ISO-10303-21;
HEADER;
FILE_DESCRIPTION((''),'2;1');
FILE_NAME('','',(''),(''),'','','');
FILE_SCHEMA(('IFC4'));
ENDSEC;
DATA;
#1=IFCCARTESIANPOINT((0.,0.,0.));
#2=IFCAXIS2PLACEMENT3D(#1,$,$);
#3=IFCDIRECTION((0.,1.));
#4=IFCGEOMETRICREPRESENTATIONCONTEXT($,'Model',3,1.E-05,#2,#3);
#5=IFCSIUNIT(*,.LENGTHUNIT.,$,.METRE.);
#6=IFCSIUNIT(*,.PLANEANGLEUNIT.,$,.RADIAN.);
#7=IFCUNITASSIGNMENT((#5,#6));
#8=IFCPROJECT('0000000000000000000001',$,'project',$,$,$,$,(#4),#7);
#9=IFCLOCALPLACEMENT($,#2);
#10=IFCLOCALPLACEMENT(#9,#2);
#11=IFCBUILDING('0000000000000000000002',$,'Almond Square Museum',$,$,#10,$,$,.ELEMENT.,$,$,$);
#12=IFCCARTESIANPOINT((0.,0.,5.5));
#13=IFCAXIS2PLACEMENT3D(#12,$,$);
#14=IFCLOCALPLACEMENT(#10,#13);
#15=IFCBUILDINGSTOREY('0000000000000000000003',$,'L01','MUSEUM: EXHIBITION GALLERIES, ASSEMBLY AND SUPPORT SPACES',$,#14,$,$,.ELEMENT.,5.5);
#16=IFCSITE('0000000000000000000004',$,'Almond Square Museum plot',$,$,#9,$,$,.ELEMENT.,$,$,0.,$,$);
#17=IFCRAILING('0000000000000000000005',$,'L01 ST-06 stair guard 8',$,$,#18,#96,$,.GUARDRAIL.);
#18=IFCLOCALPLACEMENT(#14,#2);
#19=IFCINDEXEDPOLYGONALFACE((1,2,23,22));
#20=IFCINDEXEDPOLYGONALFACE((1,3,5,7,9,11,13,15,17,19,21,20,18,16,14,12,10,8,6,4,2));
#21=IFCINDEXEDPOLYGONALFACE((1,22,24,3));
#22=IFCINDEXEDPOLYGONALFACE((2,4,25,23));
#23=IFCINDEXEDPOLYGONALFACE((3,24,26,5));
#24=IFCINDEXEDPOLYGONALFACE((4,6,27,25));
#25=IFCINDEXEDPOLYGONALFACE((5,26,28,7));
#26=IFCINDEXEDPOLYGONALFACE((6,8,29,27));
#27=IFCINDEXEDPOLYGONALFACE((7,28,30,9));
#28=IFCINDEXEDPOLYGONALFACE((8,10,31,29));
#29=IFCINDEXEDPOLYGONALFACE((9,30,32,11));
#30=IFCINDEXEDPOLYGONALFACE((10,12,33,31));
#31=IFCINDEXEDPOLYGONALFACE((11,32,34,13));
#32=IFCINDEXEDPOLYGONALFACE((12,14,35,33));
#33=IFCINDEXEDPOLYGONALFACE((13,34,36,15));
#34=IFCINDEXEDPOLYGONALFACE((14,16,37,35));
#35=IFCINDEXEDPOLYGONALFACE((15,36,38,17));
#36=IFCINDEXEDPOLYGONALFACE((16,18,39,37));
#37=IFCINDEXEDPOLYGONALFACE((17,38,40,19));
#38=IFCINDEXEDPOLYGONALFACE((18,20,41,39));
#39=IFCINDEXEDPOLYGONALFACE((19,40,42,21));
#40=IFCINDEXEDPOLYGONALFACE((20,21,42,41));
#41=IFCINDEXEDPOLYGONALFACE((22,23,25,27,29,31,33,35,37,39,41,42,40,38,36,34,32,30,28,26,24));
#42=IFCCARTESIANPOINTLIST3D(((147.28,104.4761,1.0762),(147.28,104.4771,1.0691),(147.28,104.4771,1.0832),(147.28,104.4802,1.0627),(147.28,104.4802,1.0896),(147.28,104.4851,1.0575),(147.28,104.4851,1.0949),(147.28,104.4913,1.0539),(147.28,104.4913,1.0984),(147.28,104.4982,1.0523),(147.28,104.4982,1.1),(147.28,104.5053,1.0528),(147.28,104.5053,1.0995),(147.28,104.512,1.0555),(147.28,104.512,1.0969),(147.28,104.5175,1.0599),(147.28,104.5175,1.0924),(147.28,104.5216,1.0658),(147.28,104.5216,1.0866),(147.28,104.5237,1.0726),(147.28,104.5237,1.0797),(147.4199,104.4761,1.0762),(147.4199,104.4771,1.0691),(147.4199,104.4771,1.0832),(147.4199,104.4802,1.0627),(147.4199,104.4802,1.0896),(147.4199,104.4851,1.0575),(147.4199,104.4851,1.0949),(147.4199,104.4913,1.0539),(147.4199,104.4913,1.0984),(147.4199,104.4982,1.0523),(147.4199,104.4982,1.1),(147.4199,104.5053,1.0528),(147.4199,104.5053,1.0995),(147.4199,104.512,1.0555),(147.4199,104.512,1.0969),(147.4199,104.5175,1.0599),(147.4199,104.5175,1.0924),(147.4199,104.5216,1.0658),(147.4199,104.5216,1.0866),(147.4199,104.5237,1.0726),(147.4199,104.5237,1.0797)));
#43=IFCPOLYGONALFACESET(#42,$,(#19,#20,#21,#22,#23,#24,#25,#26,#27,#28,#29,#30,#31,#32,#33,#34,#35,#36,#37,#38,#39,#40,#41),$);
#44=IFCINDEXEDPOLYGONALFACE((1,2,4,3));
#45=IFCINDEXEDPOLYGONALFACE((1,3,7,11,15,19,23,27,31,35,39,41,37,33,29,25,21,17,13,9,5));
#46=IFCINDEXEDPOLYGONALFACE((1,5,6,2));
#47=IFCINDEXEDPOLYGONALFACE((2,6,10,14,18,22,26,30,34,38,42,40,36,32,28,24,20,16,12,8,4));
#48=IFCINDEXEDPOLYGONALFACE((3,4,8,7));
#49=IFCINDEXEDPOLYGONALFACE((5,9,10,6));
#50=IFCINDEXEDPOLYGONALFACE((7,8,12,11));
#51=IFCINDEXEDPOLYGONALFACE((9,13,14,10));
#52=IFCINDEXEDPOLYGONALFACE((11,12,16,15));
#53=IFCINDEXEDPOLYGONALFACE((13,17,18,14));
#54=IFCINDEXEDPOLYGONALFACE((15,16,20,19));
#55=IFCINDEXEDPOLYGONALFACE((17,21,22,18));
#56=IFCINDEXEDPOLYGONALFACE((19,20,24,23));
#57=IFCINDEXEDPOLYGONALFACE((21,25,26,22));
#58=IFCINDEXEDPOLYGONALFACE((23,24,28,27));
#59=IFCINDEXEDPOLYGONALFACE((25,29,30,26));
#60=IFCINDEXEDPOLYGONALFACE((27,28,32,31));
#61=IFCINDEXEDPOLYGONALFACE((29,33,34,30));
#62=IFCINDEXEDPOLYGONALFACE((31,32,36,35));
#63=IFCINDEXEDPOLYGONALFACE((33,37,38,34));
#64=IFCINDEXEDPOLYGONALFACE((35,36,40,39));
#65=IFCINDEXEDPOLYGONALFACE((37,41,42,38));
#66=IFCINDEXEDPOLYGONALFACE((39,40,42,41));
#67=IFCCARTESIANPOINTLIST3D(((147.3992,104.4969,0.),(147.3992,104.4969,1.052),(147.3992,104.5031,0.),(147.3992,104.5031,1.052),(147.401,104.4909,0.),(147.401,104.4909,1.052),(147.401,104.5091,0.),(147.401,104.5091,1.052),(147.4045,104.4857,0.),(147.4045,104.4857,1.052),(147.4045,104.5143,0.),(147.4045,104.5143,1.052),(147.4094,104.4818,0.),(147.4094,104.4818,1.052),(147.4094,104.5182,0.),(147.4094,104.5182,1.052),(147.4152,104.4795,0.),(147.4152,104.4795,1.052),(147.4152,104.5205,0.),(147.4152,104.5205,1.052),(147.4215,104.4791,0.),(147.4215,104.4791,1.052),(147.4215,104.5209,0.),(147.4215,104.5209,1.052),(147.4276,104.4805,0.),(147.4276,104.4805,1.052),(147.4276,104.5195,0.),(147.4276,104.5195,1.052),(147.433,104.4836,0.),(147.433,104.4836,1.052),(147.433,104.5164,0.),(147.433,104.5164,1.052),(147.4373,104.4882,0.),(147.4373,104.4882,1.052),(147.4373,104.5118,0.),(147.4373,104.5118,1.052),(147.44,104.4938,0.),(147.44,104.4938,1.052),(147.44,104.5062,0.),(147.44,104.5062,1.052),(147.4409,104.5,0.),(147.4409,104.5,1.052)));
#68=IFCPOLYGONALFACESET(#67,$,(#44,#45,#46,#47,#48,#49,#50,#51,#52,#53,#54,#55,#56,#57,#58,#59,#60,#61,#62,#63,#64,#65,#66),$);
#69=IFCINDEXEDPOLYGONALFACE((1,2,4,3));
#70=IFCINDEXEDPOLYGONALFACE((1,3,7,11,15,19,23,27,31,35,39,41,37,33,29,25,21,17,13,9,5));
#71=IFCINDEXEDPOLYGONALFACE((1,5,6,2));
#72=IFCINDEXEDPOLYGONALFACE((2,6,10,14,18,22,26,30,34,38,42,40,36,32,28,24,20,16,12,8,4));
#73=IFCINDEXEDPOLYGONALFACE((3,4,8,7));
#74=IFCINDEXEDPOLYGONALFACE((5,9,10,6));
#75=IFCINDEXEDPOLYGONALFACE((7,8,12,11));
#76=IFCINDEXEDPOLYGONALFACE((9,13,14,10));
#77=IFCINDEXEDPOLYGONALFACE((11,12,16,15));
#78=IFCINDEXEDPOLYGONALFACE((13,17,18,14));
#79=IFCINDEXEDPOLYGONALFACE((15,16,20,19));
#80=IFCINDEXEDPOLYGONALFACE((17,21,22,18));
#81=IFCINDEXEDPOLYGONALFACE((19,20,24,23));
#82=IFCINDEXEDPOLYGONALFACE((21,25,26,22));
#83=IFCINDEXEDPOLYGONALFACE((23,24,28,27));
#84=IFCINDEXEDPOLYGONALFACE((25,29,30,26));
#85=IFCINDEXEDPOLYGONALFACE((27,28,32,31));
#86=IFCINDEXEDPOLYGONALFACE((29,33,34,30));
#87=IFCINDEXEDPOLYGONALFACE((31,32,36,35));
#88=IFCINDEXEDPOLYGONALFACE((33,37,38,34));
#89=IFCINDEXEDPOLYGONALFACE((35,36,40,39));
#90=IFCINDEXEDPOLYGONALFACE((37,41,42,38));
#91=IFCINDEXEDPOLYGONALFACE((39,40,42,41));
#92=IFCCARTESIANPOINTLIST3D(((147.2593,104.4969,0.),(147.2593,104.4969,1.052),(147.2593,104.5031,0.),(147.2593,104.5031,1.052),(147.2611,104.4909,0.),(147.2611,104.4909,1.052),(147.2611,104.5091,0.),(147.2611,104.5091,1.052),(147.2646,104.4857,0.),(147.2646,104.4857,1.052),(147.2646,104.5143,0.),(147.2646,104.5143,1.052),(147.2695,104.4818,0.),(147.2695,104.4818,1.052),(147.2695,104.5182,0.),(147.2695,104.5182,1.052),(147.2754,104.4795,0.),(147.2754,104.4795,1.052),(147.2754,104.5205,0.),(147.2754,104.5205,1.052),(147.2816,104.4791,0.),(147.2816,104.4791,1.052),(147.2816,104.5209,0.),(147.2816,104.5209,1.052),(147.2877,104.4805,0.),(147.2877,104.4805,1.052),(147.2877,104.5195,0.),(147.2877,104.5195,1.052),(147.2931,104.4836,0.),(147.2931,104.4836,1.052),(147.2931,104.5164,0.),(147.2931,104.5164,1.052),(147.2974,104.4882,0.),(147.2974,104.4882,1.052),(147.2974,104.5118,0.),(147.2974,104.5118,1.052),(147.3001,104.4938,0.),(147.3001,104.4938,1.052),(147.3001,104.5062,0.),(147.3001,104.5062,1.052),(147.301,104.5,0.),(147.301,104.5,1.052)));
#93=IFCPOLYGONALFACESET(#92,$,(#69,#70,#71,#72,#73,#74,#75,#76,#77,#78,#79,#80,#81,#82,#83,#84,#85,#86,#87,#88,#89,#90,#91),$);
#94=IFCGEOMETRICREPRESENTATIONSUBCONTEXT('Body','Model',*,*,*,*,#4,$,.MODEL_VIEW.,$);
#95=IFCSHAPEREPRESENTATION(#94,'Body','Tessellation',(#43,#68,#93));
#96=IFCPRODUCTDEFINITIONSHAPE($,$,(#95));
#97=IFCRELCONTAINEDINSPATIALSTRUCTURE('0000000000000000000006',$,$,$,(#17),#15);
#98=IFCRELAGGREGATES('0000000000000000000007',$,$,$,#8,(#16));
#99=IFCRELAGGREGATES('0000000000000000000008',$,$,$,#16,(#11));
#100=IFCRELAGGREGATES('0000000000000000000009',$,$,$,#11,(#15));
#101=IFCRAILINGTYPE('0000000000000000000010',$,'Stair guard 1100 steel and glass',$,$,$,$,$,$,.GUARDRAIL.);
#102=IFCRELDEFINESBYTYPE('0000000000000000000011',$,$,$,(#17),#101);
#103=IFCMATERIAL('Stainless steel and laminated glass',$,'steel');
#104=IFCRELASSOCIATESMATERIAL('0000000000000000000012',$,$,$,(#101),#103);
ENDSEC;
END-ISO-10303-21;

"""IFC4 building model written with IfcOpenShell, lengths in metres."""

from ifc_helpers import new_model, si_unit, direction, frame, origin, origin_2d, place, context, subcontext, project, spatial, circle, extrude, material, type_object, element, save


model = new_model("IFC4")

# Units and contexts
model_context = context("Model", 3, precision=1e-05, world=origin(), true_north=direction((0.0, 1.0)))
body_context = subcontext(model_context, "Body", "Model", "MODEL_VIEW")
ifc_project = project(units=[si_unit("LENGTHUNIT", "METRE"), si_unit("PLANEANGLEUNIT", "RADIAN")], contexts=[model_context])

# Site, building, storey
site_placement = place(None, origin())
site = spatial("IfcSite", under=ifc_project, at=site_placement, Name="Almond Square Museum plot", CompositionType="ELEMENT", RefElevation=0.0)
building_placement = place(site_placement, origin())
building = spatial("IfcBuilding", under=site, at=building_placement, Name="Almond Square Museum", CompositionType="ELEMENT")
storey_placement = place(building_placement, frame((0.0, 0.0, 5.5)))
storey = spatial("IfcBuildingStorey", under=building, at=storey_placement, Name="L01", Description="MUSEUM: EXHIBITION GALLERIES, ASSEMBLY AND SUPPORT SPACES", CompositionType="ELEMENT", Elevation=5.5)

# Railing
ifc_material_1 = material(Name="Stainless steel and laminated glass", Category="steel")
railing_type = type_object("IfcRailingType", Name="Stair guard 1100 steel and glass", PredefinedType="GUARDRAIL", material=ifc_material_1)
for number, where, name in (
    (1, (147.4199, 104.5, 0.0), "L01 ST-06 stair guard 8"),
):
    element("IfcRailing", number, at=place(storey_placement, frame(where)), inside=storey, type_object=railing_type, Name=name, PredefinedType="GUARDRAIL", context=body_context, shape_type="SweptSolid", body=[
        extrude(circle(Radius=0.0239, at=origin_2d()), frame((0.0, 0.0, 1.0762), z_axis=(-1.0, 0.0, 0.0), x_axis=(0.0, -1.0, 0.0)), (0.0, 0.0, 1.0), 0.1399),
        extrude(circle(Radius=0.021, at=origin_2d()), origin(), (0.0, 0.0, 1.0), 1.052),
        extrude(circle(Radius=0.021, at=origin_2d()), frame((-0.1399, 0.0, 0.0)), (0.0, 0.0, 1.0), 1.052),
    ])

save(model, "model.ifc")
